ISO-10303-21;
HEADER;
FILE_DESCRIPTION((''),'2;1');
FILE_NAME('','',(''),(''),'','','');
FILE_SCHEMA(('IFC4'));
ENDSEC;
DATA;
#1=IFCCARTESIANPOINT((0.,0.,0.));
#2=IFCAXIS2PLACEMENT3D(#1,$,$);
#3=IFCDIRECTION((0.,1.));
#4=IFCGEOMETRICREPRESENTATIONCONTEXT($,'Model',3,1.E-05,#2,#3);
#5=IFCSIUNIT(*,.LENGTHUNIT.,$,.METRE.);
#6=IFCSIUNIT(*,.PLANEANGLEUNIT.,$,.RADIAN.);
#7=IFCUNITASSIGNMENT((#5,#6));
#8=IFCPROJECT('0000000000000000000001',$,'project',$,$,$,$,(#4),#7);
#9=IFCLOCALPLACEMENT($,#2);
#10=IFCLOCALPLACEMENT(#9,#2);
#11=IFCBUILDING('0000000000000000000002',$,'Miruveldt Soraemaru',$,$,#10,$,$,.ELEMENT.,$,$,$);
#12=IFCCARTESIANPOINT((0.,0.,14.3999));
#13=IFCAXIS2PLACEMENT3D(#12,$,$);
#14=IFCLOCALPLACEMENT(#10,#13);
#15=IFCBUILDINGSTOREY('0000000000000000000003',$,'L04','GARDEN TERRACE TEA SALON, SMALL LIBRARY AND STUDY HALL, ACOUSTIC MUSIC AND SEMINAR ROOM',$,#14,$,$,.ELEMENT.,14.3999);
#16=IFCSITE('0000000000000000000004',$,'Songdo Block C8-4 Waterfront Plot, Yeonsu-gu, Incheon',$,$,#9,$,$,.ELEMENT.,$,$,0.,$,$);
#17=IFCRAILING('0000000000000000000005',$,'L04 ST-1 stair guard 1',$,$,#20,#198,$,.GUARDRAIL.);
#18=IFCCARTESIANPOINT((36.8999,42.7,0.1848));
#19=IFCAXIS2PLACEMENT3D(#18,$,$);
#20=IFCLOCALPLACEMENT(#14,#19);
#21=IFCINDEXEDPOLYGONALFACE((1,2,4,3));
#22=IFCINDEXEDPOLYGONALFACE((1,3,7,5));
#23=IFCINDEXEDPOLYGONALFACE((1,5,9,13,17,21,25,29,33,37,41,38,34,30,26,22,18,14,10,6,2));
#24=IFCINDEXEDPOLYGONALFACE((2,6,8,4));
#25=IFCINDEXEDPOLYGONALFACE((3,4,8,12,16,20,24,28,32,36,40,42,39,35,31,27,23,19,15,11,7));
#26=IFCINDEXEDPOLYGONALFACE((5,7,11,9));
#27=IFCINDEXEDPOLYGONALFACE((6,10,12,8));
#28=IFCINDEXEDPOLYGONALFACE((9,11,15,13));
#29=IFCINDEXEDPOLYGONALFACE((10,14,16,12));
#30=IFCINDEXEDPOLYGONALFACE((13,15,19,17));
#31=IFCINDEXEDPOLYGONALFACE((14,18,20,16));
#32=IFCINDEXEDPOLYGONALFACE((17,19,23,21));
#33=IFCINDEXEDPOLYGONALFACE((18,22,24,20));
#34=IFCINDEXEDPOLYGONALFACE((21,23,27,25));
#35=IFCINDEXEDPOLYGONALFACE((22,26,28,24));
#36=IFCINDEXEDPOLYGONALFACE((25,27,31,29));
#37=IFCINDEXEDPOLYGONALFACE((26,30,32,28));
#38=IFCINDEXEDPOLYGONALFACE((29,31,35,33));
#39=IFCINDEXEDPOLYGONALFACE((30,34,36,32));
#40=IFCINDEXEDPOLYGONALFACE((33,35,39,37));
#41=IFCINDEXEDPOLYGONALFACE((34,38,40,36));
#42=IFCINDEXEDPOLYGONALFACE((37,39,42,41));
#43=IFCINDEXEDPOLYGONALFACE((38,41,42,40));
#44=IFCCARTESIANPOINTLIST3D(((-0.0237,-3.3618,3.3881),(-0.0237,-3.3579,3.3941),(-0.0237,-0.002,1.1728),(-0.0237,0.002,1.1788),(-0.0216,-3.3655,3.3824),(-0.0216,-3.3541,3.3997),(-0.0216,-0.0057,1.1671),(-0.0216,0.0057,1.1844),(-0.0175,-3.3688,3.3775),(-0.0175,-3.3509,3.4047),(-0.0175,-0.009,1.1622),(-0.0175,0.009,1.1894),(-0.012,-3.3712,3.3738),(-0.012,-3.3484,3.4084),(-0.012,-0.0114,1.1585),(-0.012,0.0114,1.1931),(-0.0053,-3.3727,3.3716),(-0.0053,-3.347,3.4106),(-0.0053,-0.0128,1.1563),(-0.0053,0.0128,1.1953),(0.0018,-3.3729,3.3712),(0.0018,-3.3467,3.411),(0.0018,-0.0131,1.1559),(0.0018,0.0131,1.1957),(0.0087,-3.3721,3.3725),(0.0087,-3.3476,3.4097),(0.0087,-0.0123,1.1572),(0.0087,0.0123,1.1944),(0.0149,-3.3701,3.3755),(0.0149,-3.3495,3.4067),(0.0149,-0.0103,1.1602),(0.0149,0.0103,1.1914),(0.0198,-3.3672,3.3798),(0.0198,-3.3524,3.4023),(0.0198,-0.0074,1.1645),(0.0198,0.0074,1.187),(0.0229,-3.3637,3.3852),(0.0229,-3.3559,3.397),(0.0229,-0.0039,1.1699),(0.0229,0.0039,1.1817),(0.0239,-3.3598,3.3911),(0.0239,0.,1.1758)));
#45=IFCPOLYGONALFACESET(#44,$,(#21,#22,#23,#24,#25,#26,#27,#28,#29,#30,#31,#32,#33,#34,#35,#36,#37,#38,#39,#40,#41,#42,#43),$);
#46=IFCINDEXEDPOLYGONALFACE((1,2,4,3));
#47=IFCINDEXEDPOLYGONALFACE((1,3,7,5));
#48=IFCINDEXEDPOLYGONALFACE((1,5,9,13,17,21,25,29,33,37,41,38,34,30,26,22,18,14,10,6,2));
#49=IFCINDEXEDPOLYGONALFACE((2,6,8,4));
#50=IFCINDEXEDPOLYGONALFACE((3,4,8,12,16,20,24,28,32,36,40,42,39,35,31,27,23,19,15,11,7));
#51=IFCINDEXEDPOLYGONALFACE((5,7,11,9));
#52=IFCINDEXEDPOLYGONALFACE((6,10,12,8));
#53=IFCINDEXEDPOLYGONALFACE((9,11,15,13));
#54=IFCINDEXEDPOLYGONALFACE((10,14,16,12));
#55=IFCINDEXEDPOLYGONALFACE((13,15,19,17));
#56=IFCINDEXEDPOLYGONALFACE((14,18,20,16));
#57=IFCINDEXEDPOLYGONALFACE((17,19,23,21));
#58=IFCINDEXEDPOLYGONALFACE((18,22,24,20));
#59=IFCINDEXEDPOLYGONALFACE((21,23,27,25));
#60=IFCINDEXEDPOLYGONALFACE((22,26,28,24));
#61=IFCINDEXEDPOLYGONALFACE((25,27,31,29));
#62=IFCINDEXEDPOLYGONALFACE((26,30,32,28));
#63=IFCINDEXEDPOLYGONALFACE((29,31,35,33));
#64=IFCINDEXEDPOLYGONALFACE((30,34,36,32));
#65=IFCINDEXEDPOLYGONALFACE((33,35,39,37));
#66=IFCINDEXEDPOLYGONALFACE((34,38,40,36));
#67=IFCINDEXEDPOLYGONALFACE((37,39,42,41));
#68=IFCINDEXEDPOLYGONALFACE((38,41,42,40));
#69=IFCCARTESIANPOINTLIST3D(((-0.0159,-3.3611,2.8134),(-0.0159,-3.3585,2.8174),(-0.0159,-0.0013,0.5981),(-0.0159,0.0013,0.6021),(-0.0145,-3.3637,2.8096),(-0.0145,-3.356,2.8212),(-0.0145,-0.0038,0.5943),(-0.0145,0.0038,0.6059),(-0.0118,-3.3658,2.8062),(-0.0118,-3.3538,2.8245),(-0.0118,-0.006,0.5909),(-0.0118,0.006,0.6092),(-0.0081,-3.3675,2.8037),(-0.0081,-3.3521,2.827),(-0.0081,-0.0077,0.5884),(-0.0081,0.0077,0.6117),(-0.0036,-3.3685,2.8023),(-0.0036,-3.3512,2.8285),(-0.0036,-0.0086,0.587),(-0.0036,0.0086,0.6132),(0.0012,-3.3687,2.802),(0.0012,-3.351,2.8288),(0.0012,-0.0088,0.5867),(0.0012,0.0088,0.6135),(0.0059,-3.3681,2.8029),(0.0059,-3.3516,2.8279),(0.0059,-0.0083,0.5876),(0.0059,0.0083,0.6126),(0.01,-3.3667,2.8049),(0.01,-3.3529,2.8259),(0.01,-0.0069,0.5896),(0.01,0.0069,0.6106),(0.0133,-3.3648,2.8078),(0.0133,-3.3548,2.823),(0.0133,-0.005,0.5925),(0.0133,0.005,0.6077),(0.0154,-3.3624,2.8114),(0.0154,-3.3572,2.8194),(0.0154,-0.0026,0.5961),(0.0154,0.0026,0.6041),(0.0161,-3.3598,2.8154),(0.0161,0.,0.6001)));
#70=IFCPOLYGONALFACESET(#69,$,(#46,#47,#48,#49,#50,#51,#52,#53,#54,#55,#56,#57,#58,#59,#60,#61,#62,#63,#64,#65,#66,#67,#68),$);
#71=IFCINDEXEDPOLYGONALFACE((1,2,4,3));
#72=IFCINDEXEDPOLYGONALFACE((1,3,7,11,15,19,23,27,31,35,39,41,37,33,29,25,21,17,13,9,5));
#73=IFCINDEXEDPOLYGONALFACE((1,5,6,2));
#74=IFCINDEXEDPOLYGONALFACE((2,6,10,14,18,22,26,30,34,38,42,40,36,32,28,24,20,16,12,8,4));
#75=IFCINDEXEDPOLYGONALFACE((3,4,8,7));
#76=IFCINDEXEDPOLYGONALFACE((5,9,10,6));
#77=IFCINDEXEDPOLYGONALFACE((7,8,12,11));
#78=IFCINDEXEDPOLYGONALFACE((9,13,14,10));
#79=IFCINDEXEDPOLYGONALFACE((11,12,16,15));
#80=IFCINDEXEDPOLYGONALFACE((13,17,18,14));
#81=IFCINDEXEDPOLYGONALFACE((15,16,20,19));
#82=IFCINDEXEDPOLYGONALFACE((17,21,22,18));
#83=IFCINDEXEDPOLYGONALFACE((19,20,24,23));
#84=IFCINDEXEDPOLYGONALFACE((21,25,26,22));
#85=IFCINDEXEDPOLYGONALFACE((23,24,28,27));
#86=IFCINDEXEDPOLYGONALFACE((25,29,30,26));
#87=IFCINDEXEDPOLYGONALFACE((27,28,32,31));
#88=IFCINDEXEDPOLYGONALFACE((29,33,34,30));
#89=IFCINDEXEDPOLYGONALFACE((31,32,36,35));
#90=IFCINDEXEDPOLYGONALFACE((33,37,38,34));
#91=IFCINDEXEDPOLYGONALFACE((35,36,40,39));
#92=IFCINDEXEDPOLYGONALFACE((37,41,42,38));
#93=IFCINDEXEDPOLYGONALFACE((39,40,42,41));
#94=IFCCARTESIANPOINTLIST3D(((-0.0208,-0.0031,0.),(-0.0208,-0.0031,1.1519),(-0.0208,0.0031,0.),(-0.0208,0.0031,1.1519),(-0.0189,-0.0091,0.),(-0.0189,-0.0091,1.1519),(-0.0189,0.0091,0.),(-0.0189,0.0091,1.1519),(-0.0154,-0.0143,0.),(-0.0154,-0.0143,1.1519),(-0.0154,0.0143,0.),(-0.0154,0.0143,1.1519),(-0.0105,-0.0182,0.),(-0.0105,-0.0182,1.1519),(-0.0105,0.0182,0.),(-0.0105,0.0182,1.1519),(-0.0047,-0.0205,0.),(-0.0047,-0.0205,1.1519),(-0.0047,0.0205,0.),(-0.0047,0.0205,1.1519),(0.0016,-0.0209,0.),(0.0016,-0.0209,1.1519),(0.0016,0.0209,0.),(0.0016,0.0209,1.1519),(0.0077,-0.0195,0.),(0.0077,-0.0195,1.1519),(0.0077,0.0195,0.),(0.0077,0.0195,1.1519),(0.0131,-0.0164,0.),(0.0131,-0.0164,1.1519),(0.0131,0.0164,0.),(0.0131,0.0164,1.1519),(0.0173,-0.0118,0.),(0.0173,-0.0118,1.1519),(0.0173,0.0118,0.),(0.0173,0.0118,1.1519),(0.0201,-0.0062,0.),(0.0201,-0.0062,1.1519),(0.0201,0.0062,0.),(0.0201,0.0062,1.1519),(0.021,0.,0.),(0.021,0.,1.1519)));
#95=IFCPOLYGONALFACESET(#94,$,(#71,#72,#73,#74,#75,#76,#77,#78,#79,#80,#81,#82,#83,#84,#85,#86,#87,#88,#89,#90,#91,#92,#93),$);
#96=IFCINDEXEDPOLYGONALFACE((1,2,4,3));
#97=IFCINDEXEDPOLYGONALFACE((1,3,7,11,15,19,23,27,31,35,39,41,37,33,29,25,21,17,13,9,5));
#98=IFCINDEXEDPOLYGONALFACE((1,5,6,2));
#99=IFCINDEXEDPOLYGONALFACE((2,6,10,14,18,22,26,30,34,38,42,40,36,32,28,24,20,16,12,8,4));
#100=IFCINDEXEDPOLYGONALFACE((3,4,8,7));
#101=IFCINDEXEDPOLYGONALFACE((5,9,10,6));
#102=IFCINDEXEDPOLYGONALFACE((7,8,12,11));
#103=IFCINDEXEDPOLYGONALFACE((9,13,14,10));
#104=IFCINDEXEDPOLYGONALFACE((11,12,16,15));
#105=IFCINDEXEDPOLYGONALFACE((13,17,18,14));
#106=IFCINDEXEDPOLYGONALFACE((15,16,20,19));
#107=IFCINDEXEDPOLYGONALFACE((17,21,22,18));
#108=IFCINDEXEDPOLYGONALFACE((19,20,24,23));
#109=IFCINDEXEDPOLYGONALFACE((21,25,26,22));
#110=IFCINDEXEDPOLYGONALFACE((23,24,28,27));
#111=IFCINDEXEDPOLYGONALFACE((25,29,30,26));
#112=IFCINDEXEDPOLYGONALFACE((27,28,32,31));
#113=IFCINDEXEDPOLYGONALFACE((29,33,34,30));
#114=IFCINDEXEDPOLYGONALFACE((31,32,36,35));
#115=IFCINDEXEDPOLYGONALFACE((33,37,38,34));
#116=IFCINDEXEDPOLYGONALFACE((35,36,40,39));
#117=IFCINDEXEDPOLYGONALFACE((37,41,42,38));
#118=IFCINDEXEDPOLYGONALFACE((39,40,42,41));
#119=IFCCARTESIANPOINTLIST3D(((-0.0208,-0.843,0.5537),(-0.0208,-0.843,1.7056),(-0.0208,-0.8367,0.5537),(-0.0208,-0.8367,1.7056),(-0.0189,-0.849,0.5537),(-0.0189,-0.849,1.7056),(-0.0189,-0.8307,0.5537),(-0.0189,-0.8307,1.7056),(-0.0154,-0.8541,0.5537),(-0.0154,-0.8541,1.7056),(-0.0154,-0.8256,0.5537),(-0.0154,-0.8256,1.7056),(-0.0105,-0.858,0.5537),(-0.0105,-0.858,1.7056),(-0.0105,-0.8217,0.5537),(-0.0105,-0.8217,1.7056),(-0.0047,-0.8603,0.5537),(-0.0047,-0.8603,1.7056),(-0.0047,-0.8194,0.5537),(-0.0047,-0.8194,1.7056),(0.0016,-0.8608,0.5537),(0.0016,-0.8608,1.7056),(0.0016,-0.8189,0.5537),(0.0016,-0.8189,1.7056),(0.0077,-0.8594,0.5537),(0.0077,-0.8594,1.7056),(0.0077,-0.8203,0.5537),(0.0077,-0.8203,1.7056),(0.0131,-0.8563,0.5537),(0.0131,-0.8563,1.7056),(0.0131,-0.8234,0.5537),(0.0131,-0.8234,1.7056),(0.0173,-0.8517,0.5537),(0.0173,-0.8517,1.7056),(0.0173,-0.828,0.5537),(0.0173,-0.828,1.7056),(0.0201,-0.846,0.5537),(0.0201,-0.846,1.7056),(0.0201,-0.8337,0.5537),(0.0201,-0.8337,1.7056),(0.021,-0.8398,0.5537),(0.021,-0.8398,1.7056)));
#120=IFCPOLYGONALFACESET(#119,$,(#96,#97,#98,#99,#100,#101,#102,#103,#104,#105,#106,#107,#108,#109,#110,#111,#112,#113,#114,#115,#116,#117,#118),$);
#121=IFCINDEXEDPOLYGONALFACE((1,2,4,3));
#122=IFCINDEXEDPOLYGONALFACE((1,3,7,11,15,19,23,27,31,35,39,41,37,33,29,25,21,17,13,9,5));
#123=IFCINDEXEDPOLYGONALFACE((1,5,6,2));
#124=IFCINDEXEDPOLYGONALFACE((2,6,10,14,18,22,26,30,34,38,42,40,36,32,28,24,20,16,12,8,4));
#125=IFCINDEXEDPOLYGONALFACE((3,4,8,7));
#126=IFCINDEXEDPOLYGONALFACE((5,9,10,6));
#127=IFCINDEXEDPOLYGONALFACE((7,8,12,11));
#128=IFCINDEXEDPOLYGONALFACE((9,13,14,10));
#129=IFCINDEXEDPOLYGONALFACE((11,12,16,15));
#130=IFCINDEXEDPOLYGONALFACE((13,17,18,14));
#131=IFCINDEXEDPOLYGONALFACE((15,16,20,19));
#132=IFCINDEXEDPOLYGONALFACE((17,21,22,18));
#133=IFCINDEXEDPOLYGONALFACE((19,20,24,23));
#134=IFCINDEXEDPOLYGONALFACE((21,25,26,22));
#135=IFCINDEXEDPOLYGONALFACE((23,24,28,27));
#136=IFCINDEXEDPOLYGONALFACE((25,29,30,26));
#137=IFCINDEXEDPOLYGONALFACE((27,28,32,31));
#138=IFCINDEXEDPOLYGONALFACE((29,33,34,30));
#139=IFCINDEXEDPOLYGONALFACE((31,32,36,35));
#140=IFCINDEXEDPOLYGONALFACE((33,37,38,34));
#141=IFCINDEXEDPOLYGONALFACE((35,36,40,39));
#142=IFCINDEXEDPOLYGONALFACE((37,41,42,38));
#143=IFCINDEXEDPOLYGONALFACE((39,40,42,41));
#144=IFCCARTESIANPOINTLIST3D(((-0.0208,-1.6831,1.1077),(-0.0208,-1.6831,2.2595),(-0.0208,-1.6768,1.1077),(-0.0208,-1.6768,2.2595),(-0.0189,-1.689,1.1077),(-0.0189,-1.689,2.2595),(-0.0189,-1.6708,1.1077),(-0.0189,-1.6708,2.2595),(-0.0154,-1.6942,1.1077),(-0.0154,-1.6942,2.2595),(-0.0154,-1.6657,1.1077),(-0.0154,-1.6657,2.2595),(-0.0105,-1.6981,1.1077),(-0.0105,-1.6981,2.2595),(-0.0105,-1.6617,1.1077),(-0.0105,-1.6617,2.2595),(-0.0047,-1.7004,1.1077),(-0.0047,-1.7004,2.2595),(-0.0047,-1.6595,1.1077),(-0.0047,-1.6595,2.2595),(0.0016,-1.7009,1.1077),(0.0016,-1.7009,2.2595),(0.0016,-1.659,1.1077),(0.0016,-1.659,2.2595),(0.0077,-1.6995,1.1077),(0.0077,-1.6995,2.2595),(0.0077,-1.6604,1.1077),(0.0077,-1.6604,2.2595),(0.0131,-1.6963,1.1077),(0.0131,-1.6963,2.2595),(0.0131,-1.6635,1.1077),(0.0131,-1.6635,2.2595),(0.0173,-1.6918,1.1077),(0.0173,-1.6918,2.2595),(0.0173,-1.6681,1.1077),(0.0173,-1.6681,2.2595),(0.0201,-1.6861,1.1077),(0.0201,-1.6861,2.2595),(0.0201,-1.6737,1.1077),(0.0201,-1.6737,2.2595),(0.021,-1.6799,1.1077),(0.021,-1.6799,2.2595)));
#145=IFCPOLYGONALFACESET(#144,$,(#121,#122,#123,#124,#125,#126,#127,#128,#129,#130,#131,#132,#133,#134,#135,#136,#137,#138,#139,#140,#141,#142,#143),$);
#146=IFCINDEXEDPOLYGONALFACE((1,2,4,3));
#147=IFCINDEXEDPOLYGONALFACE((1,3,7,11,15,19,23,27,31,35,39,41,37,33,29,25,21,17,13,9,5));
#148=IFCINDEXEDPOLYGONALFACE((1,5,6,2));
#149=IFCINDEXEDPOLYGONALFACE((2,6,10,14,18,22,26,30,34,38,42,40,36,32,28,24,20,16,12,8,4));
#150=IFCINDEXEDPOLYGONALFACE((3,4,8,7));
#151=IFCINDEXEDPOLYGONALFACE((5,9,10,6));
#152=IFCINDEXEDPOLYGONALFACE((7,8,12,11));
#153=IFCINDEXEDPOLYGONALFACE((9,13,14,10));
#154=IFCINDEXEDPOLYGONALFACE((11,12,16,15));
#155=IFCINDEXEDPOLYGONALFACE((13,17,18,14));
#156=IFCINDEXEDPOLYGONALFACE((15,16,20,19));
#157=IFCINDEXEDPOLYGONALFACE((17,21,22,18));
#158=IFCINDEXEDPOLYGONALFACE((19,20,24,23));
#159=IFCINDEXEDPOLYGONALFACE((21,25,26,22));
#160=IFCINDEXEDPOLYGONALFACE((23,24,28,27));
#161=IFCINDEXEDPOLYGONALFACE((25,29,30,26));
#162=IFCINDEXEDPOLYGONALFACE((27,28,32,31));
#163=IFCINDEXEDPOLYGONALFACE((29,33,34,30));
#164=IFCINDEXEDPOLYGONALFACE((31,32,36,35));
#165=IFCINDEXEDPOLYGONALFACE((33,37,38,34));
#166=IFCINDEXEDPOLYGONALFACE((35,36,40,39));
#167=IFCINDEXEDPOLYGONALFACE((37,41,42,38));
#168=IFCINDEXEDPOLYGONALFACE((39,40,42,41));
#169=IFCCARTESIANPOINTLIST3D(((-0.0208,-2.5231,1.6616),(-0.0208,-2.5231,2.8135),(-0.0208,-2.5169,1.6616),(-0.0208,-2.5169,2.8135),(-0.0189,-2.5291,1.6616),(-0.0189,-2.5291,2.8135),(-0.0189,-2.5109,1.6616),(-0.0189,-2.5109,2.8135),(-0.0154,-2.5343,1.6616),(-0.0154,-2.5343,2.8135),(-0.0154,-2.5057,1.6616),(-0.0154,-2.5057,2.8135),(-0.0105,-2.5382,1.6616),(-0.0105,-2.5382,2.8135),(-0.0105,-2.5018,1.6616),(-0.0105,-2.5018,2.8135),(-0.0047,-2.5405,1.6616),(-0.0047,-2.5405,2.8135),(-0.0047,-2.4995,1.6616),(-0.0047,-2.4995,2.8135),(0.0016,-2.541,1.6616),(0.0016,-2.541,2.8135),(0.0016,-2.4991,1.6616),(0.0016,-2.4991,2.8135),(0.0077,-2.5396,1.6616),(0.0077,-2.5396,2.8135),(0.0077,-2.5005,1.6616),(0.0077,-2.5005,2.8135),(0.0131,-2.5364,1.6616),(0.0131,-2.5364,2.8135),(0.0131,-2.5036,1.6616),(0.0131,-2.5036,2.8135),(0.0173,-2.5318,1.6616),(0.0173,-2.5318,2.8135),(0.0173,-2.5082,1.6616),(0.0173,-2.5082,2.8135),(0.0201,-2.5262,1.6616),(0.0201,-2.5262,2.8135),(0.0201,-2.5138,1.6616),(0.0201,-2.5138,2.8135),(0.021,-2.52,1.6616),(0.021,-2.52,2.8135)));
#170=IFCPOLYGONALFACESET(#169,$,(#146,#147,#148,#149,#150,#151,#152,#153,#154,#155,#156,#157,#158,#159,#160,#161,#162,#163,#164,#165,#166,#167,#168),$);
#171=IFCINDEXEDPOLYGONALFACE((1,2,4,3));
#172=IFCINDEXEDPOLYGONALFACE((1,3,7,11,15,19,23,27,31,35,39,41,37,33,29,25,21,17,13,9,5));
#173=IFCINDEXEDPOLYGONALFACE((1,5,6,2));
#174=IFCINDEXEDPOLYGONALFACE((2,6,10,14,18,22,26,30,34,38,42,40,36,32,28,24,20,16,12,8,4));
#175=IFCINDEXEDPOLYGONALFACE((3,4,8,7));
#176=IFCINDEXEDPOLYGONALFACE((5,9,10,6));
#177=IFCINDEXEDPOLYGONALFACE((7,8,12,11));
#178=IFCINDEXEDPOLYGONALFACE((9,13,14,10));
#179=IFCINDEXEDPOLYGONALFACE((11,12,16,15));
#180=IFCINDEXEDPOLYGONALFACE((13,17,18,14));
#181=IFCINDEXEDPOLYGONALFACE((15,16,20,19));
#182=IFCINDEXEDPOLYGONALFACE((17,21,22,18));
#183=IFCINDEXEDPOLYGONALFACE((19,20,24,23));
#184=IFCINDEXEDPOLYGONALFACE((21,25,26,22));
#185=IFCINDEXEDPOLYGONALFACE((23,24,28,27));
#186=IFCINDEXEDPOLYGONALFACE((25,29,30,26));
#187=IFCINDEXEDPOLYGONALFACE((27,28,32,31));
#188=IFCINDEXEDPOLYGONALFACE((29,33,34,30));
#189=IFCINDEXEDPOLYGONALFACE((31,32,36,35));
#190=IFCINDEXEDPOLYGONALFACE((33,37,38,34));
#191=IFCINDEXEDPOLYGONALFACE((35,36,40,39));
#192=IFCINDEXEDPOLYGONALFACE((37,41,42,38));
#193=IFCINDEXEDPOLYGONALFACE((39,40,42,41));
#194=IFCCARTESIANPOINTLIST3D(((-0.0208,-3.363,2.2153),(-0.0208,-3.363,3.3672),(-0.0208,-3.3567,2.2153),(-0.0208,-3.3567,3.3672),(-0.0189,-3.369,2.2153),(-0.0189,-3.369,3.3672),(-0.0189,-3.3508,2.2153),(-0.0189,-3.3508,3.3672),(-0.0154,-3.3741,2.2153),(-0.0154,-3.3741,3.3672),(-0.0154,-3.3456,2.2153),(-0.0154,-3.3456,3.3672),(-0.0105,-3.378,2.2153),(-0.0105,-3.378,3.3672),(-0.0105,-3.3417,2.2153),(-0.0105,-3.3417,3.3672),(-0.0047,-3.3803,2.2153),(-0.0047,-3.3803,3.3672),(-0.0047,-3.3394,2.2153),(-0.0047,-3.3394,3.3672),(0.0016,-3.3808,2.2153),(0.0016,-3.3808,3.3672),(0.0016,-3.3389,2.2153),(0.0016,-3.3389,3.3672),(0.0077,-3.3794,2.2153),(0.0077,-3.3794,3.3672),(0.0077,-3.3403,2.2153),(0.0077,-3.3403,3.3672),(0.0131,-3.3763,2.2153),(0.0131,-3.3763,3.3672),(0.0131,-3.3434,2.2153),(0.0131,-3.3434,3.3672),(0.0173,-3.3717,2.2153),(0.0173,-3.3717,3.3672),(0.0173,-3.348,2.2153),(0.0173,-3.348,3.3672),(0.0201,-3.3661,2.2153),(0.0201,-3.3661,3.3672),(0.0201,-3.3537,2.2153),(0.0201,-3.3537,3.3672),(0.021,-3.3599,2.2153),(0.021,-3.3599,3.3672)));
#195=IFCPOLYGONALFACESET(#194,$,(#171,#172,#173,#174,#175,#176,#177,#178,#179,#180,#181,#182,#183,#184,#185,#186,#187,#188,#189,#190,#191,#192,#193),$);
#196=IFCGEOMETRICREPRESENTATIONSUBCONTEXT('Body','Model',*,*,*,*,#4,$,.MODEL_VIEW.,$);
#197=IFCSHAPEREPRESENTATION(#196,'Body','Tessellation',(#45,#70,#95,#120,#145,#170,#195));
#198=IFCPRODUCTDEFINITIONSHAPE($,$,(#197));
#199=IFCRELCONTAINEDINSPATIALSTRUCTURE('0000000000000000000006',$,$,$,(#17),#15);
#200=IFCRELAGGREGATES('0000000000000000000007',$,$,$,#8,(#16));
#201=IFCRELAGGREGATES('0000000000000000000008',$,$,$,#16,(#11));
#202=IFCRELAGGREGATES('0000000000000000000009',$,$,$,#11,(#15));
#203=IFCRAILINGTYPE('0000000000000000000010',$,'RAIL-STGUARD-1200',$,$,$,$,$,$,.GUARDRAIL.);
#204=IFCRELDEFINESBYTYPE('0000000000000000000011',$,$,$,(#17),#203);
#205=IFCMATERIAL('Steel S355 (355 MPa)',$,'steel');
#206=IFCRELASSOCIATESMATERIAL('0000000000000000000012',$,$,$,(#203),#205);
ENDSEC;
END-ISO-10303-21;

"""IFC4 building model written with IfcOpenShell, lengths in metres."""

from ifc_helpers import new_model, si_unit, direction, frame, origin, origin_2d, place, context, subcontext, project, spatial, circle, extrude, material, type_object, element, save


model = new_model("IFC4")

# Units and contexts
model_context = context("Model", 3, precision=1e-05, world=origin(), true_north=direction((0.0, 1.0)))
body_context = subcontext(model_context, "Body", "Model", "MODEL_VIEW")
ifc_project = project(units=[si_unit("LENGTHUNIT", "METRE"), si_unit("PLANEANGLEUNIT", "RADIAN")], contexts=[model_context])

# Site, building, storey
site_placement = place(None, origin())
site = spatial("IfcSite", under=ifc_project, at=site_placement, Name="Songdo Block C8-4 Waterfront Plot, Yeonsu-gu, Incheon", CompositionType="ELEMENT", RefElevation=0.0)
building_placement = place(site_placement, origin())
building = spatial("IfcBuilding", under=site, at=building_placement, Name="Miruveldt Soraemaru", CompositionType="ELEMENT")
storey_placement = place(building_placement, frame((0.0, 0.0, 14.3999)))
storey = spatial("IfcBuildingStorey", under=building, at=storey_placement, Name="L04", Description="GARDEN TERRACE TEA SALON, SMALL LIBRARY AND STUDY HALL, ACOUSTIC MUSIC AND SEMINAR ROOM", CompositionType="ELEMENT", Elevation=14.3999)

# Railing
ifc_material_1 = material(Name="Steel S355 (355 MPa)", Category="steel")
railing_type_1 = type_object("IfcRailingType", Name="RAIL-STGUARD-1200", PredefinedType="GUARDRAIL", material=ifc_material_1)
railing_1_placement = place(storey_placement, frame((36.8999, 42.7, 0.1848)))
element("IfcRailing", 1, at=railing_1_placement, inside=storey, type_object=railing_type_1, Name="L04 ST-1 stair guard 1", PredefinedType="GUARDRAIL", context=body_context, shape_type="SweptSolid", body=[
    extrude(circle(Radius=0.0239, at=origin_2d()), frame((0.0, 0.0, 1.1758), z_axis=(0.0, -0.834858, 0.550465), x_axis=(1.0, 0.0, 0.0)), (0.0, 0.0, 1.0), 4.0244),
    extrude(circle(Radius=0.0161, at=origin_2d()), frame((0.0, 0.0, 0.6001), z_axis=(0.0, -0.834858, 0.550465), x_axis=(1.0, 0.0, 0.0)), (0.0, 0.0, 1.0), 4.0244),
    extrude(circle(Radius=0.021, at=origin_2d()), origin(), (0.0, 0.0, 1.0), 1.1519),
    extrude(circle(Radius=0.021, at=origin_2d()), frame((0.0, -0.8398, 0.5537)), (0.0, 0.0, 1.0), 1.1519),
    extrude(circle(Radius=0.021, at=origin_2d()), frame((0.0, -1.6799, 1.1077)), (0.0, 0.0, 1.0), 1.1519),
    extrude(circle(Radius=0.021, at=origin_2d()), frame((0.0, -2.52, 1.6616)), (0.0, 0.0, 1.0), 1.1519),
    extrude(circle(Radius=0.021, at=origin_2d()), frame((0.0, -3.3599, 2.2153)), (0.0, 0.0, 1.0), 1.1519),
])

save(model, "model.ifc")
